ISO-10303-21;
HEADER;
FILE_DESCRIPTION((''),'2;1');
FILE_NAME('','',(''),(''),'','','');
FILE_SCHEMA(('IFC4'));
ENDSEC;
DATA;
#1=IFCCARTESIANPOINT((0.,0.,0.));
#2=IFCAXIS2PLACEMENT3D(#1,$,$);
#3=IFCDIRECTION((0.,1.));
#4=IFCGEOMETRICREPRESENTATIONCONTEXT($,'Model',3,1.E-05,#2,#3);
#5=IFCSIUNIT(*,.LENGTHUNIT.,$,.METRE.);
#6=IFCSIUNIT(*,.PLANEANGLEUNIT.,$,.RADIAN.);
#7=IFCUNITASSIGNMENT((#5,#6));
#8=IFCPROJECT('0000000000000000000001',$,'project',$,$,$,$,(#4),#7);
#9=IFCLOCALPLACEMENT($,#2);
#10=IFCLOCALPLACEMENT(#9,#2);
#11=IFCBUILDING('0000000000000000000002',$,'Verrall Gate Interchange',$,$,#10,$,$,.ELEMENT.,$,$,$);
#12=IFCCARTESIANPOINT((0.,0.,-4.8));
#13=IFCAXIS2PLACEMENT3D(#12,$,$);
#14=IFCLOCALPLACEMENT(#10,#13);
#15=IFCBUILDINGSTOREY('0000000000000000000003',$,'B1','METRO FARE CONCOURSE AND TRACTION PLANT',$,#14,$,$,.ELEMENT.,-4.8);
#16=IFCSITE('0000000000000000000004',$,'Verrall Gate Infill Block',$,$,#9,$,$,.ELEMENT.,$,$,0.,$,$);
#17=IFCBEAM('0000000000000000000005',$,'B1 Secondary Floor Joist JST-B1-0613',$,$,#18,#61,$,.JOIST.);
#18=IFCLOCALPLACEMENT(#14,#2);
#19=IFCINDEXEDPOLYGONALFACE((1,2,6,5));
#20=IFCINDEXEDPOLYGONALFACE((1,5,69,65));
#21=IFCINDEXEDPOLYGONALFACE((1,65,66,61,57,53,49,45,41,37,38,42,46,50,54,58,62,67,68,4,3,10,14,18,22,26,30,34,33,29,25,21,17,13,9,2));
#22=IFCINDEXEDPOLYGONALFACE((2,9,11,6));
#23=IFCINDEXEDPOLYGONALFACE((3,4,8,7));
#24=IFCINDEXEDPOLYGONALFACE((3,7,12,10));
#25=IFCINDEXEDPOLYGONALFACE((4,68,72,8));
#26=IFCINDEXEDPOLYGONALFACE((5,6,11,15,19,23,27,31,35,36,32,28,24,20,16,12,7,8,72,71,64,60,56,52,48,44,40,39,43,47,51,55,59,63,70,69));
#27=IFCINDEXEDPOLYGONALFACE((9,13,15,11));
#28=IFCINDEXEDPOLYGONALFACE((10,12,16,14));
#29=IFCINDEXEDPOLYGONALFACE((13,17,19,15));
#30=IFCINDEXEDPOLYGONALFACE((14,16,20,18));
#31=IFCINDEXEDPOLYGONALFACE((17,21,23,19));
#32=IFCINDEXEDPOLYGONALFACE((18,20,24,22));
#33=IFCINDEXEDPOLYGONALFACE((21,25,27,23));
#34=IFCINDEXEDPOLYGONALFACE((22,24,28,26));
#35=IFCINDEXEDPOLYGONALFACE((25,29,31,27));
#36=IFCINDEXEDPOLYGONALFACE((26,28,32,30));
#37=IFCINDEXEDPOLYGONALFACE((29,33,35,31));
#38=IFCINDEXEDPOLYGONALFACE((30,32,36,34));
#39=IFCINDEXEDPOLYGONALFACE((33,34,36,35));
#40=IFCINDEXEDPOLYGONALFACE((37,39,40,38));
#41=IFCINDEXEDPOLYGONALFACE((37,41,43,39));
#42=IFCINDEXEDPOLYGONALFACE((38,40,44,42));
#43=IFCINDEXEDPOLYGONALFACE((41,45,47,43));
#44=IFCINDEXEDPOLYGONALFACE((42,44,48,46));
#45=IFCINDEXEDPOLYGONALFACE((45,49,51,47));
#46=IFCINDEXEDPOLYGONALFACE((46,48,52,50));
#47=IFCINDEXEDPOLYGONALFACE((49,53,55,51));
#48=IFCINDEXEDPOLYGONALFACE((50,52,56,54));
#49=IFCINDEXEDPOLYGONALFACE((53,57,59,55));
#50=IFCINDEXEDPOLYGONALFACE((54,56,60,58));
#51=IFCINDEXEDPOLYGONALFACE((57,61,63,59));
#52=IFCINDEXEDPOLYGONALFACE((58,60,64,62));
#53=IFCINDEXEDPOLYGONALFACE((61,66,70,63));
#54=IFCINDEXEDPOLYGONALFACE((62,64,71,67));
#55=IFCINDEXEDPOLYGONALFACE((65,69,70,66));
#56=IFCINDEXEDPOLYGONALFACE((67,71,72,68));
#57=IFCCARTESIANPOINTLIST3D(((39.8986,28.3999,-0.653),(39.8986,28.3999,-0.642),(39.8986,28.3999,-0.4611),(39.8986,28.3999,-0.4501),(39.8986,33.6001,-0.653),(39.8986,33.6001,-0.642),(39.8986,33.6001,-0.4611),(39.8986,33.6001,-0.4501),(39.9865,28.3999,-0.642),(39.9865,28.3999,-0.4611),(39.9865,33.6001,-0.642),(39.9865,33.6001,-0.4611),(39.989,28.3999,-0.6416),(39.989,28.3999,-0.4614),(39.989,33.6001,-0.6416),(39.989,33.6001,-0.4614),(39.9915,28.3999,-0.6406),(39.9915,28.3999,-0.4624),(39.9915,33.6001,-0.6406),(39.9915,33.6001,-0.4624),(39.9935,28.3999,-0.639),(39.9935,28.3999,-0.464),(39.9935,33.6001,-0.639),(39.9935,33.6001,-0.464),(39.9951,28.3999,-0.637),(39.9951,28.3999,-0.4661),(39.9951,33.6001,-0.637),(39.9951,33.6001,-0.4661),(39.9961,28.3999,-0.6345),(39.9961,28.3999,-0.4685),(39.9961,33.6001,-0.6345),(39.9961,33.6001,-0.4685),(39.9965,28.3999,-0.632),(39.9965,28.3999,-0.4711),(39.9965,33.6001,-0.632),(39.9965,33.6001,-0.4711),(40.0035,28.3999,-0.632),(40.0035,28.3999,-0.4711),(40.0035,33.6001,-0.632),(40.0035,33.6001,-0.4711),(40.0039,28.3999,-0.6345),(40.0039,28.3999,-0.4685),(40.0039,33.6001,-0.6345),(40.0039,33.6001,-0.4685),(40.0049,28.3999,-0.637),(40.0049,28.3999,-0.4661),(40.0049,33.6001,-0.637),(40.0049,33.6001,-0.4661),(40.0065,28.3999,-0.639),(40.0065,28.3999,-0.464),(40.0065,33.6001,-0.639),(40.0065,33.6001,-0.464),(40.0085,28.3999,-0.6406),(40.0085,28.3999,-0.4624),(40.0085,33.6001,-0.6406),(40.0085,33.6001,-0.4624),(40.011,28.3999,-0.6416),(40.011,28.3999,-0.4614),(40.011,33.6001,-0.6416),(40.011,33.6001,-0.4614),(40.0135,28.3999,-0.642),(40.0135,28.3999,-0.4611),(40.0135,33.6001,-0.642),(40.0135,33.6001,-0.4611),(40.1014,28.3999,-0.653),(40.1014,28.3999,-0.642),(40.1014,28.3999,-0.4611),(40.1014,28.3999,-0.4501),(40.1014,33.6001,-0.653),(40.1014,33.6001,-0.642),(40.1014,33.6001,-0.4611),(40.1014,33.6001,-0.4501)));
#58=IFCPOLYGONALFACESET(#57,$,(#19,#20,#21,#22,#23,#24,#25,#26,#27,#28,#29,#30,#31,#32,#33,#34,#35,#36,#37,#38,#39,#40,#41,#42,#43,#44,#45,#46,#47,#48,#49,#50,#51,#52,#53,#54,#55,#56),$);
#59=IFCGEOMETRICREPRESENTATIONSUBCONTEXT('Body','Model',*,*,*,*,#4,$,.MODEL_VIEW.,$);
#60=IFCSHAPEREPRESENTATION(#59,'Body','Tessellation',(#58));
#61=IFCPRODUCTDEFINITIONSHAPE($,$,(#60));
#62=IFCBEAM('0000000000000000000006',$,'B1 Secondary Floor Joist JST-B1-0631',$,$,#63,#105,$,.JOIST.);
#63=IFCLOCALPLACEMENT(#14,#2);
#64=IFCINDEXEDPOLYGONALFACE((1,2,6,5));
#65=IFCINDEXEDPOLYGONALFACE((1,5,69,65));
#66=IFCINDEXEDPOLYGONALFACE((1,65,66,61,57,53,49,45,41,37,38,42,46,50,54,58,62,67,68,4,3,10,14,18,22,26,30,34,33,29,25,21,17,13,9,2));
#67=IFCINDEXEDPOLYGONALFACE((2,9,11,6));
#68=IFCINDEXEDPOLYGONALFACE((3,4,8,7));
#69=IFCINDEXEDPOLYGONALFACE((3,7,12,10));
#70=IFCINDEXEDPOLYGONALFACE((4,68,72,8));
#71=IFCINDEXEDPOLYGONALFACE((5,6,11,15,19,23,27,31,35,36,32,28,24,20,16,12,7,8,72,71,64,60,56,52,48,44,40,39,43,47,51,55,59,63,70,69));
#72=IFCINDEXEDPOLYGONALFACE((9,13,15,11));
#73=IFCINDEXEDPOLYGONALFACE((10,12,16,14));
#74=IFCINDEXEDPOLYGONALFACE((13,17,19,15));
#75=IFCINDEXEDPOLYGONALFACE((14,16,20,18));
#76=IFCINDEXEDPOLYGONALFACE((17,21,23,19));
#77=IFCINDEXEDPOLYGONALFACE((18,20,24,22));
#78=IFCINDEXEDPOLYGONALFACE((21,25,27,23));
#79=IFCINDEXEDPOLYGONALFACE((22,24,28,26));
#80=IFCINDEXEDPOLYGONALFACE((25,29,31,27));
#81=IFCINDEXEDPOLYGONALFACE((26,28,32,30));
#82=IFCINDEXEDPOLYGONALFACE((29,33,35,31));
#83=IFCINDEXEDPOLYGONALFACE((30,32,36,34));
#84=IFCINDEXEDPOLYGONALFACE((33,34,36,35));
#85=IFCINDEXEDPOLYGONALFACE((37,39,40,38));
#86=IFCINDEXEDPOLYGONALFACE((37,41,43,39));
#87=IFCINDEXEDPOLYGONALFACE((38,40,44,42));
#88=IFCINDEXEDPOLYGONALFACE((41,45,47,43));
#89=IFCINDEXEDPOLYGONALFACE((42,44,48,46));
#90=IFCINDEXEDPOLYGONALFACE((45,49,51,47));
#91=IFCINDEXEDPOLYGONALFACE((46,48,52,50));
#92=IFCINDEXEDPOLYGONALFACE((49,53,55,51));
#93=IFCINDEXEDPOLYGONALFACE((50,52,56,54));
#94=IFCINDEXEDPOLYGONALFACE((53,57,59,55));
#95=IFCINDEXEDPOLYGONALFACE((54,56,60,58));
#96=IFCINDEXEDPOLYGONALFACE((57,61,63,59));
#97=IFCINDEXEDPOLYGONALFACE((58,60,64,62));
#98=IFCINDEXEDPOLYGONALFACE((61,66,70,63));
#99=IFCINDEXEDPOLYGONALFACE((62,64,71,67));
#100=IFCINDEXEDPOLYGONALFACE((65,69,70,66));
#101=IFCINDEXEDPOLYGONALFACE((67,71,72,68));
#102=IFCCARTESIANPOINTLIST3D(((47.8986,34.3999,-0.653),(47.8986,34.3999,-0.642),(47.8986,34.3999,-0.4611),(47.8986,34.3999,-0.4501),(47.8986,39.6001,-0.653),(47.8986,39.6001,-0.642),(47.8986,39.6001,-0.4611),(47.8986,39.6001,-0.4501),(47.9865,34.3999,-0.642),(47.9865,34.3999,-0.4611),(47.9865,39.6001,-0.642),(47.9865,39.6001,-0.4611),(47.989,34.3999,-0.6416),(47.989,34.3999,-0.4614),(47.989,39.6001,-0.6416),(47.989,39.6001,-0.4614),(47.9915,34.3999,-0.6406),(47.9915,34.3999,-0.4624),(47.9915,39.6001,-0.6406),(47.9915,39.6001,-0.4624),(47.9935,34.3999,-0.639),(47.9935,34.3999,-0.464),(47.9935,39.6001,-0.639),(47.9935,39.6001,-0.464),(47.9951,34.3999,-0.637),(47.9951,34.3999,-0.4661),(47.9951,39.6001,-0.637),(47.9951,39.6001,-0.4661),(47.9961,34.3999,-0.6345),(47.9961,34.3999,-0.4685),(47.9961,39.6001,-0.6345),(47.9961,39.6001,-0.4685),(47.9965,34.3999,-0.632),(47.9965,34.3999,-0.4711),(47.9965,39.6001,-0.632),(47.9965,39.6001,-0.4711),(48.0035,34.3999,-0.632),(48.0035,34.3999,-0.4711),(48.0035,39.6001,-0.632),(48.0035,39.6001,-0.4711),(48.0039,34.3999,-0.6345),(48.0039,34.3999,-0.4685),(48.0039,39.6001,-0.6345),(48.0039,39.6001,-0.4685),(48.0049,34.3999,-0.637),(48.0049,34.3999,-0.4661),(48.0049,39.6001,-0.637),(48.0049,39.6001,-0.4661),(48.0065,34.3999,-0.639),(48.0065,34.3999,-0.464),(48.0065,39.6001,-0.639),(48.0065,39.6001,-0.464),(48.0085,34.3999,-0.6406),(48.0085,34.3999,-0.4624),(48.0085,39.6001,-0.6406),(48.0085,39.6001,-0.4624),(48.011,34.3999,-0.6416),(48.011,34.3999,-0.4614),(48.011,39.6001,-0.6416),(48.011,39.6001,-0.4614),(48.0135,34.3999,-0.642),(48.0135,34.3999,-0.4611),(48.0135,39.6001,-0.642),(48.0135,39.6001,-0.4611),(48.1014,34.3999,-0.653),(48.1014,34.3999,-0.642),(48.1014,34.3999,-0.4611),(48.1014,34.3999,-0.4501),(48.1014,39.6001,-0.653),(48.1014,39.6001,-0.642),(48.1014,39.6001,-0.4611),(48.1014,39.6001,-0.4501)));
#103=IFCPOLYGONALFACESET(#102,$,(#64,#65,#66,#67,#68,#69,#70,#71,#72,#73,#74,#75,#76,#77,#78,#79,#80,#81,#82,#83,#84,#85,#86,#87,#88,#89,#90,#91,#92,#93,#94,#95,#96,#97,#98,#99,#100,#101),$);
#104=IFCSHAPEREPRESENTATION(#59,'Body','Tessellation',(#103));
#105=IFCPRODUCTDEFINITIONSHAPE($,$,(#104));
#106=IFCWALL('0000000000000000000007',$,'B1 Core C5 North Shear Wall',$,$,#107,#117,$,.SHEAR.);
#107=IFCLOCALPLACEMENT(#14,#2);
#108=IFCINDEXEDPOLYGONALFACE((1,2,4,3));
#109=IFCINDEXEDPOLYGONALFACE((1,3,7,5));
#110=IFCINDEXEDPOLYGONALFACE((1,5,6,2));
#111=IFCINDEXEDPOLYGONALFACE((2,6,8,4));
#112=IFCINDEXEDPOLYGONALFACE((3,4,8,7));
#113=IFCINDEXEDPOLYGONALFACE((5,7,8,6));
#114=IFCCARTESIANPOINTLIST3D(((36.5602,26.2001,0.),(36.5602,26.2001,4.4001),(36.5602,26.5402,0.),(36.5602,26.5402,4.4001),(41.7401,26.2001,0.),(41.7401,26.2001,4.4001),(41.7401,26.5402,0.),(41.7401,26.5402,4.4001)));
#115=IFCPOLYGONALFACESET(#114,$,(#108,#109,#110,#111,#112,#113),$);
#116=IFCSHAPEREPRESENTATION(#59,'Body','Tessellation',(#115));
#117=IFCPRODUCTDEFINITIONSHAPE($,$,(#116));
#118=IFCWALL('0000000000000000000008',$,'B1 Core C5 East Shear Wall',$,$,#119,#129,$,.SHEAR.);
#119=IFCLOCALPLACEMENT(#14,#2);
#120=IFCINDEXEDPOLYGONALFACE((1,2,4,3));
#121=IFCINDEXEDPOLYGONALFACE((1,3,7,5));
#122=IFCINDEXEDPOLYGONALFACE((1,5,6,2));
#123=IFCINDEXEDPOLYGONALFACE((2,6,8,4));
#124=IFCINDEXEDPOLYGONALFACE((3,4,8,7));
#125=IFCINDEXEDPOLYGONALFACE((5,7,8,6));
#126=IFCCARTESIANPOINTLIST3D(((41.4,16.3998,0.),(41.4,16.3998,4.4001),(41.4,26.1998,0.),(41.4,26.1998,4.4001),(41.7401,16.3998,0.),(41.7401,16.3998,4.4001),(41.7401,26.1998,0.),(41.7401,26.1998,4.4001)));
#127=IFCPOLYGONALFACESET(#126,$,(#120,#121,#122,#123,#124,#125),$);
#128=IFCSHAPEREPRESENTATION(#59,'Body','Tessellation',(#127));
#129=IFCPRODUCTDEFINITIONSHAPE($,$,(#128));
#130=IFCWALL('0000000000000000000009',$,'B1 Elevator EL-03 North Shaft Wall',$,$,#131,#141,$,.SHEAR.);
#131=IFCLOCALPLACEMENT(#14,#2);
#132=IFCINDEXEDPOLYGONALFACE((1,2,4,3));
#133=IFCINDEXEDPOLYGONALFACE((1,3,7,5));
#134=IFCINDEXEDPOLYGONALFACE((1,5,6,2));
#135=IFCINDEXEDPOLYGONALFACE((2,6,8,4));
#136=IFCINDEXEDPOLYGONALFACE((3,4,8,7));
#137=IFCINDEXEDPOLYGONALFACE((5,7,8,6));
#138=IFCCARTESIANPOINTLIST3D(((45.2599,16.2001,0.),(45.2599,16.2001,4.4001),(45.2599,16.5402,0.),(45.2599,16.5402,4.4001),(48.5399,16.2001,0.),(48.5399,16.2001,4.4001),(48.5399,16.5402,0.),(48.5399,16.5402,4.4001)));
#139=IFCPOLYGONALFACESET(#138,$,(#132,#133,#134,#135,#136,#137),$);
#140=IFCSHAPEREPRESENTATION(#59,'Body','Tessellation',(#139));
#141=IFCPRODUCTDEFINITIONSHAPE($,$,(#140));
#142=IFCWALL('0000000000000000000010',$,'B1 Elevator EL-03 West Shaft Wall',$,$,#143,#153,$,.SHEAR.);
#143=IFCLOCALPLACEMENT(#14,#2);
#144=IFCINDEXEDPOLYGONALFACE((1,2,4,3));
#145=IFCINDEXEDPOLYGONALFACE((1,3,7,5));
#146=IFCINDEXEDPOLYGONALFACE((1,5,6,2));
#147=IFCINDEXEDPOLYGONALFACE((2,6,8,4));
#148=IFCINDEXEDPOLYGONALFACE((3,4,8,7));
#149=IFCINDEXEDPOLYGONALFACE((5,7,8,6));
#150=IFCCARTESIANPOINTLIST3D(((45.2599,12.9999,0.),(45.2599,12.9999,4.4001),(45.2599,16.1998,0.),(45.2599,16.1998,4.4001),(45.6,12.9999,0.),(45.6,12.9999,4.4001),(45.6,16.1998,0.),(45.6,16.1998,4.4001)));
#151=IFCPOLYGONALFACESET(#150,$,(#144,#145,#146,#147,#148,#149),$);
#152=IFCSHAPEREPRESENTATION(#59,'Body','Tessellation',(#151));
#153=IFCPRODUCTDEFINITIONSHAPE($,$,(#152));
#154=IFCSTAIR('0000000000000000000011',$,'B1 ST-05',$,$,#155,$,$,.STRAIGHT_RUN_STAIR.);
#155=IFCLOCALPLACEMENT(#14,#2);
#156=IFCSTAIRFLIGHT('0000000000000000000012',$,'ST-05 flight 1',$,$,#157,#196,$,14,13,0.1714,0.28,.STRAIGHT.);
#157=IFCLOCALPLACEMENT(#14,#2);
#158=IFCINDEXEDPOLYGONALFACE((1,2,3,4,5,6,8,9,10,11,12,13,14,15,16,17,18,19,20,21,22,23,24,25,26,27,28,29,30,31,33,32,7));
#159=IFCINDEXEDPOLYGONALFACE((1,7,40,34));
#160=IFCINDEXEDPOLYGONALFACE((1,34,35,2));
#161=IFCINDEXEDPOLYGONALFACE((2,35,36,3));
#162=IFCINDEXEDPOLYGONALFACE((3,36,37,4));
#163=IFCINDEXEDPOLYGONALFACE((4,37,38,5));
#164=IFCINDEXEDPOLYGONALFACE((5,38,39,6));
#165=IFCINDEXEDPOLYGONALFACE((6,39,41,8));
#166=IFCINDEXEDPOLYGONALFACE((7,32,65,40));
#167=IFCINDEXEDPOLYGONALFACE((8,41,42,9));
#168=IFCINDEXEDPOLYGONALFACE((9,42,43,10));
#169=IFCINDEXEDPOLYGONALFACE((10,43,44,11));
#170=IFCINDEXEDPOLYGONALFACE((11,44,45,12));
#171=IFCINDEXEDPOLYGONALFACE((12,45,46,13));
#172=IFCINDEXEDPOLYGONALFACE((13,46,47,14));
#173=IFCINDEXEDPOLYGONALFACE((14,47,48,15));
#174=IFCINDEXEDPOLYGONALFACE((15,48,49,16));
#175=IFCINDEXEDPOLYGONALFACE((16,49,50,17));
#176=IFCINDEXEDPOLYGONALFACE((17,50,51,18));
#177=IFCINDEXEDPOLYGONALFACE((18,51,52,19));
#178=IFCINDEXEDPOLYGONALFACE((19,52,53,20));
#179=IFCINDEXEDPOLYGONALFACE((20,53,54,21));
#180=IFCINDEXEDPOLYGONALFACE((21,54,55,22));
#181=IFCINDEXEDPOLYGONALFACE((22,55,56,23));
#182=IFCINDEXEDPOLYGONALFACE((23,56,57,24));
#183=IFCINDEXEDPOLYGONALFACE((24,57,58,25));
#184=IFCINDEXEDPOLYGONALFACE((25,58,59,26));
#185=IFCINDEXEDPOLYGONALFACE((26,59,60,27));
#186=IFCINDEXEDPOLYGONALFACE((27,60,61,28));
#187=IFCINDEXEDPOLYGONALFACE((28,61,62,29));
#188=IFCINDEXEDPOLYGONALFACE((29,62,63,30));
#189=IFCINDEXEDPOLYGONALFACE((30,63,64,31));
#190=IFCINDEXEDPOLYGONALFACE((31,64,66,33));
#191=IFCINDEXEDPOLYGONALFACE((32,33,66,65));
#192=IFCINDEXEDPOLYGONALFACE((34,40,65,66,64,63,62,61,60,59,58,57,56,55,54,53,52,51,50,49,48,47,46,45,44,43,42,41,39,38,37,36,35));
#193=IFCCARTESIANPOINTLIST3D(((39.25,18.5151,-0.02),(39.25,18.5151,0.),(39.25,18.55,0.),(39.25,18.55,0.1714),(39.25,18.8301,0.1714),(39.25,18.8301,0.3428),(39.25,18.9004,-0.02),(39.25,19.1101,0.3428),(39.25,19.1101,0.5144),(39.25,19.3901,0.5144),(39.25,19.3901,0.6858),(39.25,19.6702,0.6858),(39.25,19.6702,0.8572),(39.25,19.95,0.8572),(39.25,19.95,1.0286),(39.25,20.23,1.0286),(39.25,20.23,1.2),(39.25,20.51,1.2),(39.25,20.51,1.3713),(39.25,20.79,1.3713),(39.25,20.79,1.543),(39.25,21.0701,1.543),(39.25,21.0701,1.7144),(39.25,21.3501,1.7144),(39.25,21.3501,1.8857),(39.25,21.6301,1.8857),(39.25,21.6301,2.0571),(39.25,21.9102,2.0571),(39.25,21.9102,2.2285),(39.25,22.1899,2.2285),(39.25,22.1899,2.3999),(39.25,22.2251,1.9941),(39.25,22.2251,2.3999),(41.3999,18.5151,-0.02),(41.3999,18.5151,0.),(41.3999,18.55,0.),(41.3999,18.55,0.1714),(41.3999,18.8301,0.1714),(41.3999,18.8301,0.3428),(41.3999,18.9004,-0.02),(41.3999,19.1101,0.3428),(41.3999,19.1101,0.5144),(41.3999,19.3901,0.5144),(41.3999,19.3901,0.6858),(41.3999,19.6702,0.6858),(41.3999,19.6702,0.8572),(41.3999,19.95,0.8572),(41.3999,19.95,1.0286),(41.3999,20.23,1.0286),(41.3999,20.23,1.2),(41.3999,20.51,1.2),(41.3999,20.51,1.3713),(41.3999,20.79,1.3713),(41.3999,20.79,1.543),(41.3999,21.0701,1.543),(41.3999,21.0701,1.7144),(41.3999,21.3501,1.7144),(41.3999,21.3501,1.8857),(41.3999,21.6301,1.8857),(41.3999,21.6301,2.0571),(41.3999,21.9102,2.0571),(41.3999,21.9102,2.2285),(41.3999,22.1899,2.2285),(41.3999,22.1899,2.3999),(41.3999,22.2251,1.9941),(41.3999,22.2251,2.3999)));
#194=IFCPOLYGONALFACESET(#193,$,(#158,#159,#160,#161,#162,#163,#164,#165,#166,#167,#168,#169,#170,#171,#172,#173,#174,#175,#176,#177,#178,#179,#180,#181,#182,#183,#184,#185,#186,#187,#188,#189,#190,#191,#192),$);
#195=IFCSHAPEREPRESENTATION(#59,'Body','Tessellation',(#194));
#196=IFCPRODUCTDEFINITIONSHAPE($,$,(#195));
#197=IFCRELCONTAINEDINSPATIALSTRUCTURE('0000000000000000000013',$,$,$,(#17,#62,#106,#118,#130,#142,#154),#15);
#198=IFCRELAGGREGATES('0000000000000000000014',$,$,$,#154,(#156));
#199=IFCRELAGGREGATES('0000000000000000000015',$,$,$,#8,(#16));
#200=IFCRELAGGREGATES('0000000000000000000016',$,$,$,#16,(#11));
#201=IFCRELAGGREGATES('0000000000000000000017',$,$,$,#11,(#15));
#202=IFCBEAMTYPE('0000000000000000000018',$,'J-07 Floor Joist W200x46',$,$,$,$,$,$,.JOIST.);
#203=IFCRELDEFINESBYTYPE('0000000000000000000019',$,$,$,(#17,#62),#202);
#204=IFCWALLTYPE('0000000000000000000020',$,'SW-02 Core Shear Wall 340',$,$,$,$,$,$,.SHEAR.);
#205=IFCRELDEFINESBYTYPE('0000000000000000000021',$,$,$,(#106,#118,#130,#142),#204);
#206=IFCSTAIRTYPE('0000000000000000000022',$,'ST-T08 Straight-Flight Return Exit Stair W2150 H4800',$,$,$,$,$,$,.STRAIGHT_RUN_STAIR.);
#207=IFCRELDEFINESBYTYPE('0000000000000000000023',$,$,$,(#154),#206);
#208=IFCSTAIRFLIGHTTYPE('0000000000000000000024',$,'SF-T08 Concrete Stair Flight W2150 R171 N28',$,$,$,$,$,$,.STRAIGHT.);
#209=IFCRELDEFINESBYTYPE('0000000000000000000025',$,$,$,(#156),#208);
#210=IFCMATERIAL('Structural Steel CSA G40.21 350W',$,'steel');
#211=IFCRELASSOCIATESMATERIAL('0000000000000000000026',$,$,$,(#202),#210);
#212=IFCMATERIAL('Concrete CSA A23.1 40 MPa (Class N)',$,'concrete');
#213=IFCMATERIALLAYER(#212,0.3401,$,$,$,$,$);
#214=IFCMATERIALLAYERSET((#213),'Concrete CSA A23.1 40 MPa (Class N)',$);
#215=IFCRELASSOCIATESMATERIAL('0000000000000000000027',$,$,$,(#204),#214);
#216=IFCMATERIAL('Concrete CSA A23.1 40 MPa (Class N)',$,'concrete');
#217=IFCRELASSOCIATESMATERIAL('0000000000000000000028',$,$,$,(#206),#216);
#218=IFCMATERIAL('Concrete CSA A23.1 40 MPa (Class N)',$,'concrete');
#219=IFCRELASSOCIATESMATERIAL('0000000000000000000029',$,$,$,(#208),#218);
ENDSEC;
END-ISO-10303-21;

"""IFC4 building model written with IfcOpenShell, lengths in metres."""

from ifc_helpers import new_model, si_unit, direction, frame, frame_2d, origin, origin_2d, place, context, subcontext, project, spatial, polyline, rectangle, i_section, outline, extrude, material, layer, layer_set, material_profile, profile_set, type_object, element, aggregate, save


model = new_model("IFC4")

# Units and contexts
model_context = context("Model", 3, precision=1e-05, world=origin(), true_north=direction((0.0, 1.0)))
body_context = subcontext(model_context, "Body", "Model", "MODEL_VIEW")
ifc_project = project(units=[si_unit("LENGTHUNIT", "METRE"), si_unit("PLANEANGLEUNIT", "RADIAN")], contexts=[model_context])

# Site, building, storey
site_placement = place(None, origin())
site = spatial("IfcSite", under=ifc_project, at=site_placement, Name="Verrall Gate Infill Block", CompositionType="ELEMENT", RefElevation=0.0)
building_placement = place(site_placement, origin())
building = spatial("IfcBuilding", under=site, at=building_placement, Name="Verrall Gate Interchange", CompositionType="ELEMENT")
storey_placement = place(building_placement, frame((0.0, 0.0, -4.8)))
storey = spatial("IfcBuildingStorey", under=building, at=storey_placement, Name="B1", Description="METRO FARE CONCOURSE AND TRACTION PLANT", CompositionType="ELEMENT", Elevation=-4.8)

# Beams
ifc_material_1 = material(Name="Structural Steel CSA G40.21 350W", Category="steel")
ifc_material_profile_1 = material_profile(ifc_material_1, i_section(OverallWidth=0.2029, OverallDepth=0.2029, WebThickness=0.0071, FlangeThickness=0.011, FilletRadius=0.01, at=origin_2d()), Name="W200x46")
ifc_profile_set_1 = profile_set([ifc_material_profile_1], Name="Structural Steel CSA G40.21 350W")
beam_type_1 = type_object("IfcBeamType", Name="J-07 Floor Joist W200x46", PredefinedType="JOIST", material=ifc_profile_set_1)
for number, where, z_axis, x_axis, name in (
    (1, (40.0, 28.3999, -0.5515), (0.0, 1.0, 0.0), (-1.0, 0.0, 0.0), "B1 Secondary Floor Joist JST-B1-0613"),
    (2, (48.0, 34.3999, -0.5515), (0.0, 1.0, 0.0), (-1.0, 0.0, 0.0), "B1 Secondary Floor Joist JST-B1-0631"),
):
    element("IfcBeam", number, at=place(storey_placement, frame(where, z_axis=z_axis, x_axis=x_axis)), inside=storey, type_object=beam_type_1, Name=name, PredefinedType="JOIST", context=body_context, shape_type="SweptSolid", body=[
        extrude(i_section(OverallWidth=0.2029, OverallDepth=0.2029, WebThickness=0.0071, FlangeThickness=0.011, FilletRadius=0.01, at=origin_2d()), origin(), (0.0, 0.0, 1.0), 5.2002),
    ])

# Walls
ifc_material_2 = material(Name="Concrete CSA A23.1 40 MPa (Class N)", Category="concrete")
ifc_layer = layer(ifc_material_2, 0.3401)
ifc_layer_set = layer_set([ifc_layer], Name="Concrete CSA A23.1 40 MPa (Class N)")
wall_type = type_object("IfcWallType", Name="SW-02 Core Shear Wall 340", PredefinedType="SHEAR", material=ifc_layer_set)
wall_1_placement = place(storey_placement, frame((41.74, 26.3701, 0.0), z_axis=(0.0, 0.0, 1.0), x_axis=(-1.0, 0.0, 0.0)))
element("IfcWall", 3, at=wall_1_placement, inside=storey, type_object=wall_type, Name="B1 Core C5 North Shear Wall", PredefinedType="SHEAR", context=body_context, shape_type="SweptSolid", body=[
    extrude(rectangle(XDim=5.1799, YDim=0.3401, at=frame_2d((2.5898, 0.0))), origin(), (0.0, 0.0, 1.0), 4.4001),
])
wall_2_placement = place(storey_placement, frame((41.5701, 16.3999, 0.0), z_axis=(0.0, 0.0, 1.0), x_axis=(0.0, 1.0, 0.0)))
element("IfcWall", 4, at=wall_2_placement, inside=storey, type_object=wall_type, Name="B1 Core C5 East Shear Wall", PredefinedType="SHEAR", context=body_context, shape_type="SweptSolid", body=[
    extrude(rectangle(XDim=9.8, YDim=0.3401, at=frame_2d((4.8999, 0.0))), origin(), (0.0, 0.0, 1.0), 4.4001),
])
wall_3_placement = place(storey_placement, frame((48.54, 16.3701, 0.0), z_axis=(0.0, 0.0, 1.0), x_axis=(-1.0, 0.0, 0.0)))
element("IfcWall", 5, at=wall_3_placement, inside=storey, type_object=wall_type, Name="B1 Elevator EL-03 North Shaft Wall", PredefinedType="SHEAR", context=body_context, shape_type="SweptSolid", body=[
    extrude(rectangle(XDim=3.28, YDim=0.3401, at=frame_2d((1.6401, 0.0))), origin(), (0.0, 0.0, 1.0), 4.4001),
])
wall_4_placement = place(storey_placement, frame((45.4299, 16.2, 0.0), z_axis=(0.0, 0.0, 1.0), x_axis=(0.0, -1.0, 0.0)))
element("IfcWall", 6, at=wall_4_placement, inside=storey, type_object=wall_type, Name="B1 Elevator EL-03 West Shaft Wall", PredefinedType="SHEAR", context=body_context, shape_type="SweptSolid", body=[
    extrude(rectangle(XDim=3.2, YDim=0.3401, at=frame_2d((1.6001, 0.0))), origin(), (0.0, 0.0, 1.0), 4.4001),
])

# Stair, stair flight
ifc_material_3 = material(Name="Concrete CSA A23.1 40 MPa (Class N)", Category="concrete")
stair_type = type_object("IfcStairType", Name="ST-T08 Straight-Flight Return Exit Stair W2150 H4800", PredefinedType="STRAIGHT_RUN_STAIR", material=ifc_material_3)
stair_placement = place(storey_placement, origin())
stair = element("IfcStair", 7, at=stair_placement, inside=storey, type_object=stair_type, Name="B1 ST-05", PredefinedType="STRAIGHT_RUN_STAIR")
ifc_material_4 = material(Name="Concrete CSA A23.1 40 MPa (Class N)", Category="concrete")
stair_flight_type = type_object("IfcStairFlightType", Name="SF-T08 Concrete Stair Flight W2150 R171 N28", PredefinedType="STRAIGHT", material=ifc_material_4)
stair_flight_placement = place(storey_placement, frame((40.325, 18.55, 0.0), z_axis=(0.0, 0.0, 1.0), x_axis=(0.0, 1.0, 0.0)))
stair_flight = element("IfcStairFlight", 8, at=stair_flight_placement, type_object=stair_flight_type, Name="ST-05 flight 1", NumberOfRisers=14, NumberOfTreads=13, PredefinedType="STRAIGHT", RiserHeight=0.1714, TreadLength=0.28, context=body_context, shape_type="SweptSolid", body=[
    extrude(outline(polyline([(-0.0349, -0.02), (-0.0349, 0.0), (0.0, 0.0), (0.0, 0.1714), (0.28, 0.1714), (0.28, 0.3428), (0.5601, 0.3428), (0.5601, 0.5144), (0.8401, 0.5144), (0.8401, 0.6858), (1.1201, 0.6858), (1.1201, 0.8572), (1.3999, 0.8572), (1.3999, 1.0286), (1.6799, 1.0286), (1.6799, 1.2), (1.96, 1.2), (1.96, 1.3713), (2.24, 1.3713), (2.24, 1.543), (2.52, 1.543), (2.52, 1.7144), (2.8, 1.7144), (2.8, 1.8857), (3.0801, 1.8857), (3.0801, 2.0571), (3.3601, 2.0571), (3.3601, 2.2285), (3.6399, 2.2285), (3.6399, 2.3999), (3.675, 2.3999), (3.675, 1.9941), (0.3503, -0.02), (-0.0349, -0.02)])), frame((0.0, 1.075, 0.0), z_axis=(0.0, -1.0, 0.0), x_axis=(1.0, 0.0, 0.0)), (0.0, 0.0, 1.0), 2.1499),
])
aggregate(stair, [stair_flight])

save(model, "model.ifc")
